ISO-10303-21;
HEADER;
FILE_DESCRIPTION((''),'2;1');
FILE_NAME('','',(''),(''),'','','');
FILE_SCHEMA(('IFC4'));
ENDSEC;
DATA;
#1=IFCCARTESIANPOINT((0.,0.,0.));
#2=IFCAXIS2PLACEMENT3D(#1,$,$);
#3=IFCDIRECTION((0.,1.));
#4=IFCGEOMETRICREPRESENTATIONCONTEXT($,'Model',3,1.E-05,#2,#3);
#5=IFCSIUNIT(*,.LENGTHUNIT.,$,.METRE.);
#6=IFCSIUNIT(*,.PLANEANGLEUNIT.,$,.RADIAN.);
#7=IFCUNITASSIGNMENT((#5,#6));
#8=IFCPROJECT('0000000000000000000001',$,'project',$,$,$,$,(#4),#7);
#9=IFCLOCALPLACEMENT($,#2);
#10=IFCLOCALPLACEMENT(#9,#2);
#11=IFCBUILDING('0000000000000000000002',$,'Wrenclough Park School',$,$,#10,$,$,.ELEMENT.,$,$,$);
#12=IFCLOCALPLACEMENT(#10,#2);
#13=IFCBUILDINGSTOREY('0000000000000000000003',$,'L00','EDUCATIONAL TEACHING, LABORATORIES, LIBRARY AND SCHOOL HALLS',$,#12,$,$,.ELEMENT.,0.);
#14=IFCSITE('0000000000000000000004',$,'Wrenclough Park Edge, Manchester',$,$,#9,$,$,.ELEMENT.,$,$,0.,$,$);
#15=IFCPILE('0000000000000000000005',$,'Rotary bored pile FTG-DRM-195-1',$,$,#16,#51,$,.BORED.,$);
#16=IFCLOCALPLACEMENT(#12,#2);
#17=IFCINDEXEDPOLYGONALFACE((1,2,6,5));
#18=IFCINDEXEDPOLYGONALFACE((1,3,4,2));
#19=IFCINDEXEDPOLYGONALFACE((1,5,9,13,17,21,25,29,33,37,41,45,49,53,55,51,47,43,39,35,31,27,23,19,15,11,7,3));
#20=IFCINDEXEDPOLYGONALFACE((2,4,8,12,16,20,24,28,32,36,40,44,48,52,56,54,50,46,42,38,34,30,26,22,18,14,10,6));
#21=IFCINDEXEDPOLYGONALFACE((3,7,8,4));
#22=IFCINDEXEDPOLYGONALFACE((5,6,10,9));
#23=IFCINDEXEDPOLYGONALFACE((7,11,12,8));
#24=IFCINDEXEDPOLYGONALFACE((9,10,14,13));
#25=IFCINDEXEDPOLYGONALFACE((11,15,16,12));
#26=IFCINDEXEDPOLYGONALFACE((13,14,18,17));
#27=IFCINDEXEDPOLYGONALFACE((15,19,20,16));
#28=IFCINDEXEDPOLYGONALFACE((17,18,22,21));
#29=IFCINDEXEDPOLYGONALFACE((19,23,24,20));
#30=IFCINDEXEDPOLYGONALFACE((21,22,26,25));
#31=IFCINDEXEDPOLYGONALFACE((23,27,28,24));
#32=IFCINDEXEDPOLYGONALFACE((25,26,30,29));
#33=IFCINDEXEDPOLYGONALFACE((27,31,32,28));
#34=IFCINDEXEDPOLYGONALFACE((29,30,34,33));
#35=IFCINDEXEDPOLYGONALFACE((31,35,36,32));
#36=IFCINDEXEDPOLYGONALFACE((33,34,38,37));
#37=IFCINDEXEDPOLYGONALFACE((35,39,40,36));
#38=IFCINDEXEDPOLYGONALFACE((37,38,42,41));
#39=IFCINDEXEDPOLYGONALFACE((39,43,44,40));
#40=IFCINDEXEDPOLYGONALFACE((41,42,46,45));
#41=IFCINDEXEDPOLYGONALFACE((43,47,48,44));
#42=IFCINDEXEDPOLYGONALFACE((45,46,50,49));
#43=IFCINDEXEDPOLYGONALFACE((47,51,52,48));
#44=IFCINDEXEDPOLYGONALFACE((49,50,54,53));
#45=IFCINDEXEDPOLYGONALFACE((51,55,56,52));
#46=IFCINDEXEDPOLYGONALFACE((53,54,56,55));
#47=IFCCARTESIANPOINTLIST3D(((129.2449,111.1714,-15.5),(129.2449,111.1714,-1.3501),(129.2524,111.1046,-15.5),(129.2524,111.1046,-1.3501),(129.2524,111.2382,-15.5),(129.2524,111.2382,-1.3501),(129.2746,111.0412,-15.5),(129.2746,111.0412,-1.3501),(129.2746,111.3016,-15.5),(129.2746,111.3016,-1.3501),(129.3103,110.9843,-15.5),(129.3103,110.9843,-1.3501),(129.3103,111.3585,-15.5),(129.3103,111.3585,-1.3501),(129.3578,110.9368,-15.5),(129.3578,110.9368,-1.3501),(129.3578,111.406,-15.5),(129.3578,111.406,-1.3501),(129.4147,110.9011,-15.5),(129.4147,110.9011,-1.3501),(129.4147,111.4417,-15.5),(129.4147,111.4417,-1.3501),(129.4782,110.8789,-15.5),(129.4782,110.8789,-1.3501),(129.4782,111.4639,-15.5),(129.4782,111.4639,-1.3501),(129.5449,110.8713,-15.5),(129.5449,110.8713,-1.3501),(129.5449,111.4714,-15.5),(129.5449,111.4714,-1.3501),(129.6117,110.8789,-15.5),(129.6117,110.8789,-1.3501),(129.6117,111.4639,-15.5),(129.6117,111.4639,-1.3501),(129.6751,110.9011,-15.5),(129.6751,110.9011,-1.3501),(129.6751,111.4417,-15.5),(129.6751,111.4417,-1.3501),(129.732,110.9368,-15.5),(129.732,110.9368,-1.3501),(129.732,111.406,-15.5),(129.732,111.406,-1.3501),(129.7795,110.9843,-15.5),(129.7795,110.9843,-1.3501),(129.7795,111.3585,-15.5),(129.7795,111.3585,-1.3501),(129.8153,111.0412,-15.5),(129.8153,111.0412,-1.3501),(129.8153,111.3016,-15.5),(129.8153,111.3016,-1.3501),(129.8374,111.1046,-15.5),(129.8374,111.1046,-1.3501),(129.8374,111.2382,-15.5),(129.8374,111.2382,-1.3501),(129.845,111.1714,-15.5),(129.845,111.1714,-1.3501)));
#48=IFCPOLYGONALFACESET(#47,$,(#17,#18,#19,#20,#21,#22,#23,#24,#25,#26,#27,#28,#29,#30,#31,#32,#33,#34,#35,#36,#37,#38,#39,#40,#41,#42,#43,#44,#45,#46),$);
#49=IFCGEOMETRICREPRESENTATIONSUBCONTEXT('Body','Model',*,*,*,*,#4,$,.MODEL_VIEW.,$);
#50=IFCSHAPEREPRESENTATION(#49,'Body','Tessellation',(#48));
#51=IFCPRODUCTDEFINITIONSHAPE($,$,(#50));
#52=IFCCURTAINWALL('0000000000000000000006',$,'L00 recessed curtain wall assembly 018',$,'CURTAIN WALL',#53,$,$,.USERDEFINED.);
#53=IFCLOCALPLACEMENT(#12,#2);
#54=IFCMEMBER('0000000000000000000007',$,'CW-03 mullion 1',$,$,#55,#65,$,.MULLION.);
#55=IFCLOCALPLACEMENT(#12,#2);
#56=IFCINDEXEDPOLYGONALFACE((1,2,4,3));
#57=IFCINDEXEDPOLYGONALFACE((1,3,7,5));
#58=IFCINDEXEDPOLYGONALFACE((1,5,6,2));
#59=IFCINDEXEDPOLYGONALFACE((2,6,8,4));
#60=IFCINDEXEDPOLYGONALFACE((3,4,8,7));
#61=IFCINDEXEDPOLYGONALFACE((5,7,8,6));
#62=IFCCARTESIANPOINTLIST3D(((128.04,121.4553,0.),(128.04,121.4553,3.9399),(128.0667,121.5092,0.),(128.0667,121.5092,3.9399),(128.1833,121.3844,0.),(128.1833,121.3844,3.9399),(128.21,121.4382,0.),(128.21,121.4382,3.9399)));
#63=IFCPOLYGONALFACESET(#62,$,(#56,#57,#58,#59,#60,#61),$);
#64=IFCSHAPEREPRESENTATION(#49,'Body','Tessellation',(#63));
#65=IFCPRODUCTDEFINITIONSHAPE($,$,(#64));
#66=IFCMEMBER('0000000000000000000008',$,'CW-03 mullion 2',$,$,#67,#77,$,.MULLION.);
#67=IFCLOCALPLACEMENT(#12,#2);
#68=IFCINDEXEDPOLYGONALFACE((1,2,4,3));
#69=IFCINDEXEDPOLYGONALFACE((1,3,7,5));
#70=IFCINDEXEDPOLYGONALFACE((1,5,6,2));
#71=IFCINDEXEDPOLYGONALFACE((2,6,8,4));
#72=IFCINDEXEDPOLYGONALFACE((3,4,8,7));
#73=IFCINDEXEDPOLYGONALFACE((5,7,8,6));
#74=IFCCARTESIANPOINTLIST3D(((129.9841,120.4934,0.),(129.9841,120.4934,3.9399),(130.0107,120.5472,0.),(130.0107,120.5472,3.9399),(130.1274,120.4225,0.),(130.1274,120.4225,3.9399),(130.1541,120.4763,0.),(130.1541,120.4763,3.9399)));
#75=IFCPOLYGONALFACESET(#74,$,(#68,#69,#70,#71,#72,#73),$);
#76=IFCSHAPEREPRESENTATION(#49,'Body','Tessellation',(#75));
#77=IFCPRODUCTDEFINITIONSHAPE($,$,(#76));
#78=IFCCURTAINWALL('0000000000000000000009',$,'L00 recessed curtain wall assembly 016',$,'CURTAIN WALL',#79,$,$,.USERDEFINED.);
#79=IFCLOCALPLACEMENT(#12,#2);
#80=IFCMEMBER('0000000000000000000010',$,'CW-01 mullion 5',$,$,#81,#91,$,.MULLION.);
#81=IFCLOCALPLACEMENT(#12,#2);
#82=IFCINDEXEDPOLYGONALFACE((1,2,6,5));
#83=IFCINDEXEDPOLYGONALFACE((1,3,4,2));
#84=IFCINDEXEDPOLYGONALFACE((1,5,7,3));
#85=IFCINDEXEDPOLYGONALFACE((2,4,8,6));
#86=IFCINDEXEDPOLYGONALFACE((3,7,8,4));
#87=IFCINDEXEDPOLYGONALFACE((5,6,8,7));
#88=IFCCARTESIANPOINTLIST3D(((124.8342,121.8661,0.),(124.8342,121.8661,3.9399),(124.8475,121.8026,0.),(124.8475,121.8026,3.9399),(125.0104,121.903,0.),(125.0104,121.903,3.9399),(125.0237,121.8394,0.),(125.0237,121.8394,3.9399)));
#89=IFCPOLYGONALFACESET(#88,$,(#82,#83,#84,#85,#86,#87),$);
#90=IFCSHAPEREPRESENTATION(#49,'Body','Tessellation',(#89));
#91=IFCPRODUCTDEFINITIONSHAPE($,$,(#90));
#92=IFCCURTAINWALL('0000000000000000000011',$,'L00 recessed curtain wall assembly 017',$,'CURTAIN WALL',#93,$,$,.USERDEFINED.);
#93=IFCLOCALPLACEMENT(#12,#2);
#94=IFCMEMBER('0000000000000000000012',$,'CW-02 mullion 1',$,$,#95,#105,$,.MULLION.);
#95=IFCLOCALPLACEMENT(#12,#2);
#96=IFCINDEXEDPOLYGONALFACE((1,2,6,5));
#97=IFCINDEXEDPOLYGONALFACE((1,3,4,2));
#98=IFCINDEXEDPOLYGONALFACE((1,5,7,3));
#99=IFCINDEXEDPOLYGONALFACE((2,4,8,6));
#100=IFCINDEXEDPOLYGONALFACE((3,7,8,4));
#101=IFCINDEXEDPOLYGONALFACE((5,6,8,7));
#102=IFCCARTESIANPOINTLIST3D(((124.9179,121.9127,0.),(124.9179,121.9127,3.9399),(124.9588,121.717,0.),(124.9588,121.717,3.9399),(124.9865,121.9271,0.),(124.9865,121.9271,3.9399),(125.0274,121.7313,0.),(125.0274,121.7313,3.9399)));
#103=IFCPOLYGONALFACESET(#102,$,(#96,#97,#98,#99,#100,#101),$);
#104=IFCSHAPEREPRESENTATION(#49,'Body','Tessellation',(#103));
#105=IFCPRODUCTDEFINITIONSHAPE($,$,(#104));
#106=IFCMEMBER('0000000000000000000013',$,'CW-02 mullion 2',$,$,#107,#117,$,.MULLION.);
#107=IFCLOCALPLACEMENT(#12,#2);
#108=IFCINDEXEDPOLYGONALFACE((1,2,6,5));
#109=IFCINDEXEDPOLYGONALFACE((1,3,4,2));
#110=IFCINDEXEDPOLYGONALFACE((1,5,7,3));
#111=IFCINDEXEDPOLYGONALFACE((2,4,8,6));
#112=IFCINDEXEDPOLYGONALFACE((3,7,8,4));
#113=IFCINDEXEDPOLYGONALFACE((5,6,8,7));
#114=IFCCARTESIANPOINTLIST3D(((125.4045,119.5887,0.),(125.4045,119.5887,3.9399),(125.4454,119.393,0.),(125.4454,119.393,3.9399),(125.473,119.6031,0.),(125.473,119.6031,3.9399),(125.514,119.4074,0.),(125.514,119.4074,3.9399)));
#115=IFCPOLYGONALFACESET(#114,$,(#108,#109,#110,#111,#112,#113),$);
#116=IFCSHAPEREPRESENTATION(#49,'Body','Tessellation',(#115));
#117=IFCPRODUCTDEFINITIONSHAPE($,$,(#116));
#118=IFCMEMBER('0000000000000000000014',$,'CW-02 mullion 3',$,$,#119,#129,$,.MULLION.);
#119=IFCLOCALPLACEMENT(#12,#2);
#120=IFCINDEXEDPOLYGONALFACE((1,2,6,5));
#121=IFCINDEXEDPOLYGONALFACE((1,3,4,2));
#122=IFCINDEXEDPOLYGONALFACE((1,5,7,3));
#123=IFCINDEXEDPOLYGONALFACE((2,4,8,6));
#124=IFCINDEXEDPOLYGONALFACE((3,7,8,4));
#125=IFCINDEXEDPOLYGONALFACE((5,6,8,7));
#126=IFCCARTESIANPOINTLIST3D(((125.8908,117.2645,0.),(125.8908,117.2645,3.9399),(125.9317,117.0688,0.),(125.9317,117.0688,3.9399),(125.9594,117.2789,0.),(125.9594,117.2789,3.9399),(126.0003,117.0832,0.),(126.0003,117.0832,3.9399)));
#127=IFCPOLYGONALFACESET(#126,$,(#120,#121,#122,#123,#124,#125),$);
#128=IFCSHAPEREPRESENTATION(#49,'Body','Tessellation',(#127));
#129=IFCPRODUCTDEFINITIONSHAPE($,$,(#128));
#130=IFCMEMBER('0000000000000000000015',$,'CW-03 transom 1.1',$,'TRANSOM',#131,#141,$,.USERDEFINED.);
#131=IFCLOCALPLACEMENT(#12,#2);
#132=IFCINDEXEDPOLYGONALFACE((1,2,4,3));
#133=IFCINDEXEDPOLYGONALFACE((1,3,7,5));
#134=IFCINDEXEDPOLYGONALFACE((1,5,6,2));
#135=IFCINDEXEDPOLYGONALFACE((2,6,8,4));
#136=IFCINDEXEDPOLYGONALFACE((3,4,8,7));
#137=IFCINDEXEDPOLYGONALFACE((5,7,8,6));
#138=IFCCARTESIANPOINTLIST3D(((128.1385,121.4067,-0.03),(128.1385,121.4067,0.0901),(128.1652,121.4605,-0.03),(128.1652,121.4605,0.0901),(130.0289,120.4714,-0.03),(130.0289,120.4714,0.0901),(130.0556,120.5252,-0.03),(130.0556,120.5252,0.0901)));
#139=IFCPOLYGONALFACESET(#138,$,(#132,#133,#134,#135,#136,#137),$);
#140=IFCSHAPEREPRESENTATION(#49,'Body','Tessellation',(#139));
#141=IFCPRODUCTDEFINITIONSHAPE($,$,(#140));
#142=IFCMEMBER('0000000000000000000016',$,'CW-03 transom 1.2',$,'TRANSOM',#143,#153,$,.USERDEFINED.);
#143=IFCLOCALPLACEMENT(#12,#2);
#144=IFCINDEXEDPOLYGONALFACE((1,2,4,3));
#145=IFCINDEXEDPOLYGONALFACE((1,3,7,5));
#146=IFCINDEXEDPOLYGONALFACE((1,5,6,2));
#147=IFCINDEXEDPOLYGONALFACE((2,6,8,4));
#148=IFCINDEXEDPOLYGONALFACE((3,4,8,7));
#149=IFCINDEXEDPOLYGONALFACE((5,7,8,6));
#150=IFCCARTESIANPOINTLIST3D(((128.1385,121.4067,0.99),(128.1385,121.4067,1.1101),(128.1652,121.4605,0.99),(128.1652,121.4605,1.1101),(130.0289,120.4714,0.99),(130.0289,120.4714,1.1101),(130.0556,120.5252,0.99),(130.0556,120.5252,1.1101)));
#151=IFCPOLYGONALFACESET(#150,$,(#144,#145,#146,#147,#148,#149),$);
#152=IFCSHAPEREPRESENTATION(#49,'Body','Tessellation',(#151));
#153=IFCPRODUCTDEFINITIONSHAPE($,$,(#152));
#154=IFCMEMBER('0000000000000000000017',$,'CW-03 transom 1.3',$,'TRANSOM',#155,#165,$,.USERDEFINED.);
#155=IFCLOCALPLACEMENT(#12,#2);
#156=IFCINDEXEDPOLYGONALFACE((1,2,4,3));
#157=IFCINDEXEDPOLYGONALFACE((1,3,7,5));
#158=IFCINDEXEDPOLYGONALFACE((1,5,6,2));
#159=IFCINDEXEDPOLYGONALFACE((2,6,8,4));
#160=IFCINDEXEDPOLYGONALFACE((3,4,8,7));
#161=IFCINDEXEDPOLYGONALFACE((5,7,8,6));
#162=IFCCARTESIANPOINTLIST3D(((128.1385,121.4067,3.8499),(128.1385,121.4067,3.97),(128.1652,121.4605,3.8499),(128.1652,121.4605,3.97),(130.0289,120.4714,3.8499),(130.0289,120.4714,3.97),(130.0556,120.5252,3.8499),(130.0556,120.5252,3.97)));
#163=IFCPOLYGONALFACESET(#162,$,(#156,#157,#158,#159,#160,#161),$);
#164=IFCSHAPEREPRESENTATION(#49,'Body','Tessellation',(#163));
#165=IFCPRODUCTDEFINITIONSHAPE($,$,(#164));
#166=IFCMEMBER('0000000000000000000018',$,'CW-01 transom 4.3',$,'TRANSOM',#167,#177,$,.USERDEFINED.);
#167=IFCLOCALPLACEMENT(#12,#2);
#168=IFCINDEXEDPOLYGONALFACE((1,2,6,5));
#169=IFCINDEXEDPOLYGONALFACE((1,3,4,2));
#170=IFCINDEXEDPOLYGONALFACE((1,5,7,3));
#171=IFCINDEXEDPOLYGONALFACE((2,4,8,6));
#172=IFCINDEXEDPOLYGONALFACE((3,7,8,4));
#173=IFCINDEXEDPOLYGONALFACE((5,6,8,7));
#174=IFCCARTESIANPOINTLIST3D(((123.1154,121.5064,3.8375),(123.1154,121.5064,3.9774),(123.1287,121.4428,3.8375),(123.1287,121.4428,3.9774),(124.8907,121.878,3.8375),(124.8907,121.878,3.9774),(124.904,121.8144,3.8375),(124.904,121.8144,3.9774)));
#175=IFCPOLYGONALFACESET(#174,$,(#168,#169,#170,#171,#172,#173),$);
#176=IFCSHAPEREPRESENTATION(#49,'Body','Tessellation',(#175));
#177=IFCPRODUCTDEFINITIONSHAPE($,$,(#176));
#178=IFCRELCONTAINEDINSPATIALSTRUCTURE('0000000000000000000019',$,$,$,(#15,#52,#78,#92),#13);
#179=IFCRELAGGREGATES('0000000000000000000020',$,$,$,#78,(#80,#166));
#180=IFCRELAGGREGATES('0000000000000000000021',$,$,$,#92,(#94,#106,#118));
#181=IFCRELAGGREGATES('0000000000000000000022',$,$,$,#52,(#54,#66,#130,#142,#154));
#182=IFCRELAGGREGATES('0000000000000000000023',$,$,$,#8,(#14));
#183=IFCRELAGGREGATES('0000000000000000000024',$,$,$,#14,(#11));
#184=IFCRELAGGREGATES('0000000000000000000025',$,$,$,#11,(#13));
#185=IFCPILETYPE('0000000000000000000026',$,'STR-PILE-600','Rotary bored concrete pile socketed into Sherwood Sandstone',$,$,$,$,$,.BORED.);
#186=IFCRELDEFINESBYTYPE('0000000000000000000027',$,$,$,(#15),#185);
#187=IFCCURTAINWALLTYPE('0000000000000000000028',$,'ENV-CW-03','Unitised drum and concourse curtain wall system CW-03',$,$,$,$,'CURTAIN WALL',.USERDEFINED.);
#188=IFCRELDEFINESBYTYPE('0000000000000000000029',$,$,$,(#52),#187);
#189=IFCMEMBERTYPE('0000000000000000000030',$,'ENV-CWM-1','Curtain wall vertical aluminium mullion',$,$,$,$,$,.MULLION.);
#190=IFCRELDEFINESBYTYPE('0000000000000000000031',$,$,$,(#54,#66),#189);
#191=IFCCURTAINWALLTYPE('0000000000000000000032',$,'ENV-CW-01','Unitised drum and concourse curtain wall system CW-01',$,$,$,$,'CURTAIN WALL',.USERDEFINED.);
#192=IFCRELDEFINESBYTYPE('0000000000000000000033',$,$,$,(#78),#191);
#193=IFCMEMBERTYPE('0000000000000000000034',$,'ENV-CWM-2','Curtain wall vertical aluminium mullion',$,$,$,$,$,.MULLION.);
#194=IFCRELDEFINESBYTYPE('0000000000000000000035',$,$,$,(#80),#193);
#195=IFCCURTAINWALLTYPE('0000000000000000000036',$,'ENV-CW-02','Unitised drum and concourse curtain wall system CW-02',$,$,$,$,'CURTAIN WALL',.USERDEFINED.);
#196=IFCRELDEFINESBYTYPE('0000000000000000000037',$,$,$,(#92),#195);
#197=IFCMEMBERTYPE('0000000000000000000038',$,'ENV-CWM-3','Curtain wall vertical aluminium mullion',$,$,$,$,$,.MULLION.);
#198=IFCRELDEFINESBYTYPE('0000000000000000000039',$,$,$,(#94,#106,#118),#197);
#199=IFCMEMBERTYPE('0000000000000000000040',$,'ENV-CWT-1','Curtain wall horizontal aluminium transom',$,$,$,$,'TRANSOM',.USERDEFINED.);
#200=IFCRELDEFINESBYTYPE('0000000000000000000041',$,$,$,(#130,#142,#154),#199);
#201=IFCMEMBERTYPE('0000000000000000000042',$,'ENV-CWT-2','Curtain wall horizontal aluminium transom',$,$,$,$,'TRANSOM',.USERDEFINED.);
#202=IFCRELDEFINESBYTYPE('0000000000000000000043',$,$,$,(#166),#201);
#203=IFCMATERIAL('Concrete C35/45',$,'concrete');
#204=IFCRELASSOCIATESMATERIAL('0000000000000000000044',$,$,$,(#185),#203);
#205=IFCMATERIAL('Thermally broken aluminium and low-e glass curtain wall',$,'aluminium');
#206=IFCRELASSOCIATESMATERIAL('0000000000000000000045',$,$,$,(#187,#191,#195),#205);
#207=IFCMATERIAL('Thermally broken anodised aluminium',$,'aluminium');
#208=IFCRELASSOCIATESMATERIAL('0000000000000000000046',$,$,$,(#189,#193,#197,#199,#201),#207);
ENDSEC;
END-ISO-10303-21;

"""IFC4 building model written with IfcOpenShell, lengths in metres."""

from ifc_helpers import new_model, si_unit, direction, frame, origin, origin_2d, place, context, subcontext, project, spatial, rectangle, circle, extrude, material, material_profile, profile_set, type_object, element, aggregate, save


model = new_model("IFC4")

# Units and contexts
model_context = context("Model", 3, precision=1e-05, world=origin(), true_north=direction((0.0, 1.0)))
body_context = subcontext(model_context, "Body", "Model", "MODEL_VIEW")
ifc_project = project(units=[si_unit("LENGTHUNIT", "METRE"), si_unit("PLANEANGLEUNIT", "RADIAN")], contexts=[model_context])

# Site, building, storey
site_placement = place(None, origin())
site = spatial("IfcSite", under=ifc_project, at=site_placement, Name="Wrenclough Park Edge, Manchester", CompositionType="ELEMENT", RefElevation=0.0)
building_placement = place(site_placement, origin())
building = spatial("IfcBuilding", under=site, at=building_placement, Name="Wrenclough Park School", CompositionType="ELEMENT")
storey_placement = place(building_placement, origin())
storey = spatial("IfcBuildingStorey", under=building, at=storey_placement, Name="L00", Description="EDUCATIONAL TEACHING, LABORATORIES, LIBRARY AND SCHOOL HALLS", CompositionType="ELEMENT", Elevation=0.0)

# Pile
ifc_material_1 = material(Name="Concrete C35/45", Category="concrete")
ifc_material_profile_1 = material_profile(ifc_material_1, circle(Radius=0.3, at=origin_2d()), Name="BORED PILE D600")
ifc_profile_set_1 = profile_set([ifc_material_profile_1], Name="Concrete C35/45")
pile_type = type_object("IfcPileType", Name="STR-PILE-600", Description="Rotary bored concrete pile socketed into Sherwood Sandstone", PredefinedType="BORED", material=ifc_profile_set_1)
pile_placement = place(storey_placement, frame((129.5449, 111.1714, -1.3501), z_axis=(0.0, 0.0, -1.0), x_axis=(1.0, 0.0, 0.0)))
element("IfcPile", 1, at=pile_placement, inside=storey, type_object=pile_type, Name="Rotary bored pile FTG-DRM-195-1", PredefinedType="BORED", context=body_context, shape_type="SweptSolid", body=[
    extrude(circle(Radius=0.3, at=origin_2d()), origin(), (0.0, 0.0, 1.0), 14.1499),
])

# Curtain wall, members
ifc_material_2 = material(Name="Thermally broken aluminium and low-e glass curtain wall", Category="aluminium")
curtain_wall_type_1 = type_object("IfcCurtainWallType", Name="ENV-CW-03", Description="Unitised drum and concourse curtain wall system CW-03", ElementType="CURTAIN WALL", PredefinedType="USERDEFINED", material=ifc_material_2)
curtain_wall_1_placement = place(storey_placement, origin())
curtain_wall_1 = element("IfcCurtainWall", 2, at=curtain_wall_1_placement, inside=storey, type_object=curtain_wall_type_1, Name="L00 recessed curtain wall assembly 018", ObjectType="CURTAIN WALL", PredefinedType="USERDEFINED")
ifc_material_3 = material(Name="Thermally broken anodised aluminium", Category="aluminium")
ifc_material_profile_2 = material_profile(ifc_material_3, rectangle(XDim=0.0601, YDim=0.1599, at=origin_2d()), Name="AL MULLION 60x160")
ifc_profile_set_2 = profile_set([ifc_material_profile_2], Name="Thermally broken anodised aluminium")
member_type_1 = type_object("IfcMemberType", Name="ENV-CWM-1", Description="Curtain wall vertical aluminium mullion", PredefinedType="MULLION", material=ifc_profile_set_2)
member_1_placement = place(storey_placement, frame((128.125, 121.4468, 0.0), z_axis=(0.0, 0.0, 1.0), x_axis=(0.443511, 0.896269, 0.0)))
member_1 = element("IfcMember", 3, at=member_1_placement, type_object=member_type_1, Name="CW-03 mullion 1", PredefinedType="MULLION", context=body_context, shape_type="SweptSolid", body=[
    extrude(rectangle(XDim=0.0601, YDim=0.1599, at=origin_2d()), origin(), (0.0, 0.0, 1.0), 3.9399),
])
member_2_placement = place(storey_placement, frame((130.0691, 120.4849, 0.0), z_axis=(0.0, 0.0, 1.0), x_axis=(0.443511, 0.896269, 0.0)))
member_2 = element("IfcMember", 4, at=member_2_placement, type_object=member_type_1, Name="CW-03 mullion 2", PredefinedType="MULLION", context=body_context, shape_type="SweptSolid", body=[
    extrude(rectangle(XDim=0.0601, YDim=0.1599, at=origin_2d()), origin(), (0.0, 0.0, 1.0), 3.9399),
])

# Curtain wall, member
curtain_wall_type_2 = type_object("IfcCurtainWallType", Name="ENV-CW-01", Description="Unitised drum and concourse curtain wall system CW-01", ElementType="CURTAIN WALL", PredefinedType="USERDEFINED", material=ifc_material_2)
curtain_wall_2_placement = place(storey_placement, origin())
curtain_wall_2 = element("IfcCurtainWall", 5, at=curtain_wall_2_placement, inside=storey, type_object=curtain_wall_type_2, Name="L00 recessed curtain wall assembly 016", ObjectType="CURTAIN WALL", PredefinedType="USERDEFINED")
ifc_material_profile_3 = material_profile(ifc_material_3, rectangle(XDim=0.0649, YDim=0.1799, at=origin_2d()), Name="AL MULLION 65x180")
ifc_profile_set_3 = profile_set([ifc_material_profile_3], Name="Thermally broken anodised aluminium")
member_type_2 = type_object("IfcMemberType", Name="ENV-CWM-2", Description="Curtain wall vertical aluminium mullion", PredefinedType="MULLION", material=ifc_profile_set_3)
member_3_placement = place(storey_placement, frame((124.929, 121.8528, 0.0), z_axis=(0.0, 0.0, 1.0), x_axis=(-0.204871, 0.978789, 0.0)))
member_3 = element("IfcMember", 6, at=member_3_placement, type_object=member_type_2, Name="CW-01 mullion 5", PredefinedType="MULLION", context=body_context, shape_type="SweptSolid", body=[
    extrude(rectangle(XDim=0.0649, YDim=0.1799, at=origin_2d()), origin(), (0.0, 0.0, 1.0), 3.9399),
])

# Curtain wall, members
curtain_wall_type_3 = type_object("IfcCurtainWallType", Name="ENV-CW-02", Description="Unitised drum and concourse curtain wall system CW-02", ElementType="CURTAIN WALL", PredefinedType="USERDEFINED", material=ifc_material_2)
curtain_wall_3_placement = place(storey_placement, origin())
curtain_wall_3 = element("IfcCurtainWall", 7, at=curtain_wall_3_placement, inside=storey, type_object=curtain_wall_type_3, Name="L00 recessed curtain wall assembly 017", ObjectType="CURTAIN WALL", PredefinedType="USERDEFINED")
ifc_material_profile_4 = material_profile(ifc_material_3, rectangle(XDim=0.0701, YDim=0.2, at=origin_2d()), Name="AL MULLION 70x200")
ifc_profile_set_4 = profile_set([ifc_material_profile_4], Name="Thermally broken anodised aluminium")
member_type_3 = type_object("IfcMemberType", Name="ENV-CWM-3", Description="Curtain wall vertical aluminium mullion", PredefinedType="MULLION", material=ifc_profile_set_4)
member_4_placement = place(storey_placement, frame((124.9727, 121.822, 0.0), z_axis=(0.0, 0.0, 1.0), x_axis=(0.978789, 0.204871, 0.0)))
member_4 = element("IfcMember", 8, at=member_4_placement, type_object=member_type_3, Name="CW-02 mullion 1", PredefinedType="MULLION", context=body_context, shape_type="SweptSolid", body=[
    extrude(rectangle(XDim=0.0701, YDim=0.2, at=origin_2d()), origin(), (0.0, 0.0, 1.0), 3.9399),
])
member_5_placement = place(storey_placement, frame((125.4592, 119.498, 0.0), z_axis=(0.0, 0.0, 1.0), x_axis=(0.978789, 0.204871, 0.0)))
member_5 = element("IfcMember", 9, at=member_5_placement, type_object=member_type_3, Name="CW-02 mullion 2", PredefinedType="MULLION", context=body_context, shape_type="SweptSolid", body=[
    extrude(rectangle(XDim=0.0701, YDim=0.2, at=origin_2d()), origin(), (0.0, 0.0, 1.0), 3.9399),
])
member_6_placement = place(storey_placement, frame((125.9456, 117.1738, 0.0), z_axis=(0.0, 0.0, 1.0), x_axis=(0.978789, 0.204871, 0.0)))
member_6 = element("IfcMember", 10, at=member_6_placement, type_object=member_type_3, Name="CW-02 mullion 3", PredefinedType="MULLION", context=body_context, shape_type="SweptSolid", body=[
    extrude(rectangle(XDim=0.0701, YDim=0.2, at=origin_2d()), origin(), (0.0, 0.0, 1.0), 3.9399),
])

# Members
ifc_material_profile_5 = material_profile(ifc_material_3, rectangle(XDim=0.0601, YDim=0.1201, at=origin_2d()), Name="AL TRANSOM 60x120")
ifc_profile_set_5 = profile_set([ifc_material_profile_5], Name="Thermally broken anodised aluminium")
member_type_4 = type_object("IfcMemberType", Name="ENV-CWT-1", Description="Curtain wall horizontal aluminium transom", ElementType="TRANSOM", PredefinedType="USERDEFINED", material=ifc_profile_set_5)
member_7_placement = place(storey_placement, frame((128.1519, 121.4336, 0.03), z_axis=(0.896295, -0.443459, 0.0), x_axis=(0.443459, 0.896295, 0.0)))
member_7 = element("IfcMember", 11, at=member_7_placement, type_object=member_type_4, Name="CW-03 transom 1.1", ObjectType="TRANSOM", PredefinedType="USERDEFINED", context=body_context, shape_type="SweptSolid", body=[
    extrude(rectangle(XDim=0.0601, YDim=0.1201, at=origin_2d()), origin(), (0.0, 0.0, 1.0), 2.1091),
])
member_8_placement = place(storey_placement, frame((128.1519, 121.4336, 1.05), z_axis=(0.896295, -0.443459, 0.0), x_axis=(0.443459, 0.896295, 0.0)))
member_8 = element("IfcMember", 12, at=member_8_placement, type_object=member_type_4, Name="CW-03 transom 1.2", ObjectType="TRANSOM", PredefinedType="USERDEFINED", context=body_context, shape_type="SweptSolid", body=[
    extrude(rectangle(XDim=0.0601, YDim=0.1201, at=origin_2d()), origin(), (0.0, 0.0, 1.0), 2.1091),
])
member_9_placement = place(storey_placement, frame((128.1519, 121.4336, 3.9099), z_axis=(0.896295, -0.443459, 0.0), x_axis=(0.443459, 0.896295, 0.0)))
member_9 = element("IfcMember", 13, at=member_9_placement, type_object=member_type_4, Name="CW-03 transom 1.3", ObjectType="TRANSOM", PredefinedType="USERDEFINED", context=body_context, shape_type="SweptSolid", body=[
    extrude(rectangle(XDim=0.0601, YDim=0.1201, at=origin_2d()), origin(), (0.0, 0.0, 1.0), 2.1091),
])
ifc_material_profile_6 = material_profile(ifc_material_3, rectangle(XDim=0.0649, YDim=0.1399, at=origin_2d()), Name="AL TRANSOM 65x140")
ifc_profile_set_6 = profile_set([ifc_material_profile_6], Name="Thermally broken anodised aluminium")
member_type_5 = type_object("IfcMemberType", Name="ENV-CWT-2", Description="Curtain wall horizontal aluminium transom", ElementType="TRANSOM", PredefinedType="USERDEFINED", material=ifc_profile_set_6)
member_10_placement = place(storey_placement, frame((123.1221, 121.4746, 3.9075), z_axis=(0.978786, 0.204884, 0.0), x_axis=(-0.204884, 0.978786, 0.0)))
member_10 = element("IfcMember", 14, at=member_10_placement, type_object=member_type_5, Name="CW-01 transom 4.3", ObjectType="TRANSOM", PredefinedType="USERDEFINED", context=body_context, shape_type="SweptSolid", body=[
    extrude(rectangle(XDim=0.0649, YDim=0.1399, at=origin_2d()), origin(), (0.0, 0.0, 1.0), 1.8137),
])

aggregate(curtain_wall_2, [member_3, member_10])
aggregate(curtain_wall_3, [member_4, member_5, member_6])
aggregate(curtain_wall_1, [member_1, member_2, member_7, member_8, member_9])

save(model, "model.ifc")
